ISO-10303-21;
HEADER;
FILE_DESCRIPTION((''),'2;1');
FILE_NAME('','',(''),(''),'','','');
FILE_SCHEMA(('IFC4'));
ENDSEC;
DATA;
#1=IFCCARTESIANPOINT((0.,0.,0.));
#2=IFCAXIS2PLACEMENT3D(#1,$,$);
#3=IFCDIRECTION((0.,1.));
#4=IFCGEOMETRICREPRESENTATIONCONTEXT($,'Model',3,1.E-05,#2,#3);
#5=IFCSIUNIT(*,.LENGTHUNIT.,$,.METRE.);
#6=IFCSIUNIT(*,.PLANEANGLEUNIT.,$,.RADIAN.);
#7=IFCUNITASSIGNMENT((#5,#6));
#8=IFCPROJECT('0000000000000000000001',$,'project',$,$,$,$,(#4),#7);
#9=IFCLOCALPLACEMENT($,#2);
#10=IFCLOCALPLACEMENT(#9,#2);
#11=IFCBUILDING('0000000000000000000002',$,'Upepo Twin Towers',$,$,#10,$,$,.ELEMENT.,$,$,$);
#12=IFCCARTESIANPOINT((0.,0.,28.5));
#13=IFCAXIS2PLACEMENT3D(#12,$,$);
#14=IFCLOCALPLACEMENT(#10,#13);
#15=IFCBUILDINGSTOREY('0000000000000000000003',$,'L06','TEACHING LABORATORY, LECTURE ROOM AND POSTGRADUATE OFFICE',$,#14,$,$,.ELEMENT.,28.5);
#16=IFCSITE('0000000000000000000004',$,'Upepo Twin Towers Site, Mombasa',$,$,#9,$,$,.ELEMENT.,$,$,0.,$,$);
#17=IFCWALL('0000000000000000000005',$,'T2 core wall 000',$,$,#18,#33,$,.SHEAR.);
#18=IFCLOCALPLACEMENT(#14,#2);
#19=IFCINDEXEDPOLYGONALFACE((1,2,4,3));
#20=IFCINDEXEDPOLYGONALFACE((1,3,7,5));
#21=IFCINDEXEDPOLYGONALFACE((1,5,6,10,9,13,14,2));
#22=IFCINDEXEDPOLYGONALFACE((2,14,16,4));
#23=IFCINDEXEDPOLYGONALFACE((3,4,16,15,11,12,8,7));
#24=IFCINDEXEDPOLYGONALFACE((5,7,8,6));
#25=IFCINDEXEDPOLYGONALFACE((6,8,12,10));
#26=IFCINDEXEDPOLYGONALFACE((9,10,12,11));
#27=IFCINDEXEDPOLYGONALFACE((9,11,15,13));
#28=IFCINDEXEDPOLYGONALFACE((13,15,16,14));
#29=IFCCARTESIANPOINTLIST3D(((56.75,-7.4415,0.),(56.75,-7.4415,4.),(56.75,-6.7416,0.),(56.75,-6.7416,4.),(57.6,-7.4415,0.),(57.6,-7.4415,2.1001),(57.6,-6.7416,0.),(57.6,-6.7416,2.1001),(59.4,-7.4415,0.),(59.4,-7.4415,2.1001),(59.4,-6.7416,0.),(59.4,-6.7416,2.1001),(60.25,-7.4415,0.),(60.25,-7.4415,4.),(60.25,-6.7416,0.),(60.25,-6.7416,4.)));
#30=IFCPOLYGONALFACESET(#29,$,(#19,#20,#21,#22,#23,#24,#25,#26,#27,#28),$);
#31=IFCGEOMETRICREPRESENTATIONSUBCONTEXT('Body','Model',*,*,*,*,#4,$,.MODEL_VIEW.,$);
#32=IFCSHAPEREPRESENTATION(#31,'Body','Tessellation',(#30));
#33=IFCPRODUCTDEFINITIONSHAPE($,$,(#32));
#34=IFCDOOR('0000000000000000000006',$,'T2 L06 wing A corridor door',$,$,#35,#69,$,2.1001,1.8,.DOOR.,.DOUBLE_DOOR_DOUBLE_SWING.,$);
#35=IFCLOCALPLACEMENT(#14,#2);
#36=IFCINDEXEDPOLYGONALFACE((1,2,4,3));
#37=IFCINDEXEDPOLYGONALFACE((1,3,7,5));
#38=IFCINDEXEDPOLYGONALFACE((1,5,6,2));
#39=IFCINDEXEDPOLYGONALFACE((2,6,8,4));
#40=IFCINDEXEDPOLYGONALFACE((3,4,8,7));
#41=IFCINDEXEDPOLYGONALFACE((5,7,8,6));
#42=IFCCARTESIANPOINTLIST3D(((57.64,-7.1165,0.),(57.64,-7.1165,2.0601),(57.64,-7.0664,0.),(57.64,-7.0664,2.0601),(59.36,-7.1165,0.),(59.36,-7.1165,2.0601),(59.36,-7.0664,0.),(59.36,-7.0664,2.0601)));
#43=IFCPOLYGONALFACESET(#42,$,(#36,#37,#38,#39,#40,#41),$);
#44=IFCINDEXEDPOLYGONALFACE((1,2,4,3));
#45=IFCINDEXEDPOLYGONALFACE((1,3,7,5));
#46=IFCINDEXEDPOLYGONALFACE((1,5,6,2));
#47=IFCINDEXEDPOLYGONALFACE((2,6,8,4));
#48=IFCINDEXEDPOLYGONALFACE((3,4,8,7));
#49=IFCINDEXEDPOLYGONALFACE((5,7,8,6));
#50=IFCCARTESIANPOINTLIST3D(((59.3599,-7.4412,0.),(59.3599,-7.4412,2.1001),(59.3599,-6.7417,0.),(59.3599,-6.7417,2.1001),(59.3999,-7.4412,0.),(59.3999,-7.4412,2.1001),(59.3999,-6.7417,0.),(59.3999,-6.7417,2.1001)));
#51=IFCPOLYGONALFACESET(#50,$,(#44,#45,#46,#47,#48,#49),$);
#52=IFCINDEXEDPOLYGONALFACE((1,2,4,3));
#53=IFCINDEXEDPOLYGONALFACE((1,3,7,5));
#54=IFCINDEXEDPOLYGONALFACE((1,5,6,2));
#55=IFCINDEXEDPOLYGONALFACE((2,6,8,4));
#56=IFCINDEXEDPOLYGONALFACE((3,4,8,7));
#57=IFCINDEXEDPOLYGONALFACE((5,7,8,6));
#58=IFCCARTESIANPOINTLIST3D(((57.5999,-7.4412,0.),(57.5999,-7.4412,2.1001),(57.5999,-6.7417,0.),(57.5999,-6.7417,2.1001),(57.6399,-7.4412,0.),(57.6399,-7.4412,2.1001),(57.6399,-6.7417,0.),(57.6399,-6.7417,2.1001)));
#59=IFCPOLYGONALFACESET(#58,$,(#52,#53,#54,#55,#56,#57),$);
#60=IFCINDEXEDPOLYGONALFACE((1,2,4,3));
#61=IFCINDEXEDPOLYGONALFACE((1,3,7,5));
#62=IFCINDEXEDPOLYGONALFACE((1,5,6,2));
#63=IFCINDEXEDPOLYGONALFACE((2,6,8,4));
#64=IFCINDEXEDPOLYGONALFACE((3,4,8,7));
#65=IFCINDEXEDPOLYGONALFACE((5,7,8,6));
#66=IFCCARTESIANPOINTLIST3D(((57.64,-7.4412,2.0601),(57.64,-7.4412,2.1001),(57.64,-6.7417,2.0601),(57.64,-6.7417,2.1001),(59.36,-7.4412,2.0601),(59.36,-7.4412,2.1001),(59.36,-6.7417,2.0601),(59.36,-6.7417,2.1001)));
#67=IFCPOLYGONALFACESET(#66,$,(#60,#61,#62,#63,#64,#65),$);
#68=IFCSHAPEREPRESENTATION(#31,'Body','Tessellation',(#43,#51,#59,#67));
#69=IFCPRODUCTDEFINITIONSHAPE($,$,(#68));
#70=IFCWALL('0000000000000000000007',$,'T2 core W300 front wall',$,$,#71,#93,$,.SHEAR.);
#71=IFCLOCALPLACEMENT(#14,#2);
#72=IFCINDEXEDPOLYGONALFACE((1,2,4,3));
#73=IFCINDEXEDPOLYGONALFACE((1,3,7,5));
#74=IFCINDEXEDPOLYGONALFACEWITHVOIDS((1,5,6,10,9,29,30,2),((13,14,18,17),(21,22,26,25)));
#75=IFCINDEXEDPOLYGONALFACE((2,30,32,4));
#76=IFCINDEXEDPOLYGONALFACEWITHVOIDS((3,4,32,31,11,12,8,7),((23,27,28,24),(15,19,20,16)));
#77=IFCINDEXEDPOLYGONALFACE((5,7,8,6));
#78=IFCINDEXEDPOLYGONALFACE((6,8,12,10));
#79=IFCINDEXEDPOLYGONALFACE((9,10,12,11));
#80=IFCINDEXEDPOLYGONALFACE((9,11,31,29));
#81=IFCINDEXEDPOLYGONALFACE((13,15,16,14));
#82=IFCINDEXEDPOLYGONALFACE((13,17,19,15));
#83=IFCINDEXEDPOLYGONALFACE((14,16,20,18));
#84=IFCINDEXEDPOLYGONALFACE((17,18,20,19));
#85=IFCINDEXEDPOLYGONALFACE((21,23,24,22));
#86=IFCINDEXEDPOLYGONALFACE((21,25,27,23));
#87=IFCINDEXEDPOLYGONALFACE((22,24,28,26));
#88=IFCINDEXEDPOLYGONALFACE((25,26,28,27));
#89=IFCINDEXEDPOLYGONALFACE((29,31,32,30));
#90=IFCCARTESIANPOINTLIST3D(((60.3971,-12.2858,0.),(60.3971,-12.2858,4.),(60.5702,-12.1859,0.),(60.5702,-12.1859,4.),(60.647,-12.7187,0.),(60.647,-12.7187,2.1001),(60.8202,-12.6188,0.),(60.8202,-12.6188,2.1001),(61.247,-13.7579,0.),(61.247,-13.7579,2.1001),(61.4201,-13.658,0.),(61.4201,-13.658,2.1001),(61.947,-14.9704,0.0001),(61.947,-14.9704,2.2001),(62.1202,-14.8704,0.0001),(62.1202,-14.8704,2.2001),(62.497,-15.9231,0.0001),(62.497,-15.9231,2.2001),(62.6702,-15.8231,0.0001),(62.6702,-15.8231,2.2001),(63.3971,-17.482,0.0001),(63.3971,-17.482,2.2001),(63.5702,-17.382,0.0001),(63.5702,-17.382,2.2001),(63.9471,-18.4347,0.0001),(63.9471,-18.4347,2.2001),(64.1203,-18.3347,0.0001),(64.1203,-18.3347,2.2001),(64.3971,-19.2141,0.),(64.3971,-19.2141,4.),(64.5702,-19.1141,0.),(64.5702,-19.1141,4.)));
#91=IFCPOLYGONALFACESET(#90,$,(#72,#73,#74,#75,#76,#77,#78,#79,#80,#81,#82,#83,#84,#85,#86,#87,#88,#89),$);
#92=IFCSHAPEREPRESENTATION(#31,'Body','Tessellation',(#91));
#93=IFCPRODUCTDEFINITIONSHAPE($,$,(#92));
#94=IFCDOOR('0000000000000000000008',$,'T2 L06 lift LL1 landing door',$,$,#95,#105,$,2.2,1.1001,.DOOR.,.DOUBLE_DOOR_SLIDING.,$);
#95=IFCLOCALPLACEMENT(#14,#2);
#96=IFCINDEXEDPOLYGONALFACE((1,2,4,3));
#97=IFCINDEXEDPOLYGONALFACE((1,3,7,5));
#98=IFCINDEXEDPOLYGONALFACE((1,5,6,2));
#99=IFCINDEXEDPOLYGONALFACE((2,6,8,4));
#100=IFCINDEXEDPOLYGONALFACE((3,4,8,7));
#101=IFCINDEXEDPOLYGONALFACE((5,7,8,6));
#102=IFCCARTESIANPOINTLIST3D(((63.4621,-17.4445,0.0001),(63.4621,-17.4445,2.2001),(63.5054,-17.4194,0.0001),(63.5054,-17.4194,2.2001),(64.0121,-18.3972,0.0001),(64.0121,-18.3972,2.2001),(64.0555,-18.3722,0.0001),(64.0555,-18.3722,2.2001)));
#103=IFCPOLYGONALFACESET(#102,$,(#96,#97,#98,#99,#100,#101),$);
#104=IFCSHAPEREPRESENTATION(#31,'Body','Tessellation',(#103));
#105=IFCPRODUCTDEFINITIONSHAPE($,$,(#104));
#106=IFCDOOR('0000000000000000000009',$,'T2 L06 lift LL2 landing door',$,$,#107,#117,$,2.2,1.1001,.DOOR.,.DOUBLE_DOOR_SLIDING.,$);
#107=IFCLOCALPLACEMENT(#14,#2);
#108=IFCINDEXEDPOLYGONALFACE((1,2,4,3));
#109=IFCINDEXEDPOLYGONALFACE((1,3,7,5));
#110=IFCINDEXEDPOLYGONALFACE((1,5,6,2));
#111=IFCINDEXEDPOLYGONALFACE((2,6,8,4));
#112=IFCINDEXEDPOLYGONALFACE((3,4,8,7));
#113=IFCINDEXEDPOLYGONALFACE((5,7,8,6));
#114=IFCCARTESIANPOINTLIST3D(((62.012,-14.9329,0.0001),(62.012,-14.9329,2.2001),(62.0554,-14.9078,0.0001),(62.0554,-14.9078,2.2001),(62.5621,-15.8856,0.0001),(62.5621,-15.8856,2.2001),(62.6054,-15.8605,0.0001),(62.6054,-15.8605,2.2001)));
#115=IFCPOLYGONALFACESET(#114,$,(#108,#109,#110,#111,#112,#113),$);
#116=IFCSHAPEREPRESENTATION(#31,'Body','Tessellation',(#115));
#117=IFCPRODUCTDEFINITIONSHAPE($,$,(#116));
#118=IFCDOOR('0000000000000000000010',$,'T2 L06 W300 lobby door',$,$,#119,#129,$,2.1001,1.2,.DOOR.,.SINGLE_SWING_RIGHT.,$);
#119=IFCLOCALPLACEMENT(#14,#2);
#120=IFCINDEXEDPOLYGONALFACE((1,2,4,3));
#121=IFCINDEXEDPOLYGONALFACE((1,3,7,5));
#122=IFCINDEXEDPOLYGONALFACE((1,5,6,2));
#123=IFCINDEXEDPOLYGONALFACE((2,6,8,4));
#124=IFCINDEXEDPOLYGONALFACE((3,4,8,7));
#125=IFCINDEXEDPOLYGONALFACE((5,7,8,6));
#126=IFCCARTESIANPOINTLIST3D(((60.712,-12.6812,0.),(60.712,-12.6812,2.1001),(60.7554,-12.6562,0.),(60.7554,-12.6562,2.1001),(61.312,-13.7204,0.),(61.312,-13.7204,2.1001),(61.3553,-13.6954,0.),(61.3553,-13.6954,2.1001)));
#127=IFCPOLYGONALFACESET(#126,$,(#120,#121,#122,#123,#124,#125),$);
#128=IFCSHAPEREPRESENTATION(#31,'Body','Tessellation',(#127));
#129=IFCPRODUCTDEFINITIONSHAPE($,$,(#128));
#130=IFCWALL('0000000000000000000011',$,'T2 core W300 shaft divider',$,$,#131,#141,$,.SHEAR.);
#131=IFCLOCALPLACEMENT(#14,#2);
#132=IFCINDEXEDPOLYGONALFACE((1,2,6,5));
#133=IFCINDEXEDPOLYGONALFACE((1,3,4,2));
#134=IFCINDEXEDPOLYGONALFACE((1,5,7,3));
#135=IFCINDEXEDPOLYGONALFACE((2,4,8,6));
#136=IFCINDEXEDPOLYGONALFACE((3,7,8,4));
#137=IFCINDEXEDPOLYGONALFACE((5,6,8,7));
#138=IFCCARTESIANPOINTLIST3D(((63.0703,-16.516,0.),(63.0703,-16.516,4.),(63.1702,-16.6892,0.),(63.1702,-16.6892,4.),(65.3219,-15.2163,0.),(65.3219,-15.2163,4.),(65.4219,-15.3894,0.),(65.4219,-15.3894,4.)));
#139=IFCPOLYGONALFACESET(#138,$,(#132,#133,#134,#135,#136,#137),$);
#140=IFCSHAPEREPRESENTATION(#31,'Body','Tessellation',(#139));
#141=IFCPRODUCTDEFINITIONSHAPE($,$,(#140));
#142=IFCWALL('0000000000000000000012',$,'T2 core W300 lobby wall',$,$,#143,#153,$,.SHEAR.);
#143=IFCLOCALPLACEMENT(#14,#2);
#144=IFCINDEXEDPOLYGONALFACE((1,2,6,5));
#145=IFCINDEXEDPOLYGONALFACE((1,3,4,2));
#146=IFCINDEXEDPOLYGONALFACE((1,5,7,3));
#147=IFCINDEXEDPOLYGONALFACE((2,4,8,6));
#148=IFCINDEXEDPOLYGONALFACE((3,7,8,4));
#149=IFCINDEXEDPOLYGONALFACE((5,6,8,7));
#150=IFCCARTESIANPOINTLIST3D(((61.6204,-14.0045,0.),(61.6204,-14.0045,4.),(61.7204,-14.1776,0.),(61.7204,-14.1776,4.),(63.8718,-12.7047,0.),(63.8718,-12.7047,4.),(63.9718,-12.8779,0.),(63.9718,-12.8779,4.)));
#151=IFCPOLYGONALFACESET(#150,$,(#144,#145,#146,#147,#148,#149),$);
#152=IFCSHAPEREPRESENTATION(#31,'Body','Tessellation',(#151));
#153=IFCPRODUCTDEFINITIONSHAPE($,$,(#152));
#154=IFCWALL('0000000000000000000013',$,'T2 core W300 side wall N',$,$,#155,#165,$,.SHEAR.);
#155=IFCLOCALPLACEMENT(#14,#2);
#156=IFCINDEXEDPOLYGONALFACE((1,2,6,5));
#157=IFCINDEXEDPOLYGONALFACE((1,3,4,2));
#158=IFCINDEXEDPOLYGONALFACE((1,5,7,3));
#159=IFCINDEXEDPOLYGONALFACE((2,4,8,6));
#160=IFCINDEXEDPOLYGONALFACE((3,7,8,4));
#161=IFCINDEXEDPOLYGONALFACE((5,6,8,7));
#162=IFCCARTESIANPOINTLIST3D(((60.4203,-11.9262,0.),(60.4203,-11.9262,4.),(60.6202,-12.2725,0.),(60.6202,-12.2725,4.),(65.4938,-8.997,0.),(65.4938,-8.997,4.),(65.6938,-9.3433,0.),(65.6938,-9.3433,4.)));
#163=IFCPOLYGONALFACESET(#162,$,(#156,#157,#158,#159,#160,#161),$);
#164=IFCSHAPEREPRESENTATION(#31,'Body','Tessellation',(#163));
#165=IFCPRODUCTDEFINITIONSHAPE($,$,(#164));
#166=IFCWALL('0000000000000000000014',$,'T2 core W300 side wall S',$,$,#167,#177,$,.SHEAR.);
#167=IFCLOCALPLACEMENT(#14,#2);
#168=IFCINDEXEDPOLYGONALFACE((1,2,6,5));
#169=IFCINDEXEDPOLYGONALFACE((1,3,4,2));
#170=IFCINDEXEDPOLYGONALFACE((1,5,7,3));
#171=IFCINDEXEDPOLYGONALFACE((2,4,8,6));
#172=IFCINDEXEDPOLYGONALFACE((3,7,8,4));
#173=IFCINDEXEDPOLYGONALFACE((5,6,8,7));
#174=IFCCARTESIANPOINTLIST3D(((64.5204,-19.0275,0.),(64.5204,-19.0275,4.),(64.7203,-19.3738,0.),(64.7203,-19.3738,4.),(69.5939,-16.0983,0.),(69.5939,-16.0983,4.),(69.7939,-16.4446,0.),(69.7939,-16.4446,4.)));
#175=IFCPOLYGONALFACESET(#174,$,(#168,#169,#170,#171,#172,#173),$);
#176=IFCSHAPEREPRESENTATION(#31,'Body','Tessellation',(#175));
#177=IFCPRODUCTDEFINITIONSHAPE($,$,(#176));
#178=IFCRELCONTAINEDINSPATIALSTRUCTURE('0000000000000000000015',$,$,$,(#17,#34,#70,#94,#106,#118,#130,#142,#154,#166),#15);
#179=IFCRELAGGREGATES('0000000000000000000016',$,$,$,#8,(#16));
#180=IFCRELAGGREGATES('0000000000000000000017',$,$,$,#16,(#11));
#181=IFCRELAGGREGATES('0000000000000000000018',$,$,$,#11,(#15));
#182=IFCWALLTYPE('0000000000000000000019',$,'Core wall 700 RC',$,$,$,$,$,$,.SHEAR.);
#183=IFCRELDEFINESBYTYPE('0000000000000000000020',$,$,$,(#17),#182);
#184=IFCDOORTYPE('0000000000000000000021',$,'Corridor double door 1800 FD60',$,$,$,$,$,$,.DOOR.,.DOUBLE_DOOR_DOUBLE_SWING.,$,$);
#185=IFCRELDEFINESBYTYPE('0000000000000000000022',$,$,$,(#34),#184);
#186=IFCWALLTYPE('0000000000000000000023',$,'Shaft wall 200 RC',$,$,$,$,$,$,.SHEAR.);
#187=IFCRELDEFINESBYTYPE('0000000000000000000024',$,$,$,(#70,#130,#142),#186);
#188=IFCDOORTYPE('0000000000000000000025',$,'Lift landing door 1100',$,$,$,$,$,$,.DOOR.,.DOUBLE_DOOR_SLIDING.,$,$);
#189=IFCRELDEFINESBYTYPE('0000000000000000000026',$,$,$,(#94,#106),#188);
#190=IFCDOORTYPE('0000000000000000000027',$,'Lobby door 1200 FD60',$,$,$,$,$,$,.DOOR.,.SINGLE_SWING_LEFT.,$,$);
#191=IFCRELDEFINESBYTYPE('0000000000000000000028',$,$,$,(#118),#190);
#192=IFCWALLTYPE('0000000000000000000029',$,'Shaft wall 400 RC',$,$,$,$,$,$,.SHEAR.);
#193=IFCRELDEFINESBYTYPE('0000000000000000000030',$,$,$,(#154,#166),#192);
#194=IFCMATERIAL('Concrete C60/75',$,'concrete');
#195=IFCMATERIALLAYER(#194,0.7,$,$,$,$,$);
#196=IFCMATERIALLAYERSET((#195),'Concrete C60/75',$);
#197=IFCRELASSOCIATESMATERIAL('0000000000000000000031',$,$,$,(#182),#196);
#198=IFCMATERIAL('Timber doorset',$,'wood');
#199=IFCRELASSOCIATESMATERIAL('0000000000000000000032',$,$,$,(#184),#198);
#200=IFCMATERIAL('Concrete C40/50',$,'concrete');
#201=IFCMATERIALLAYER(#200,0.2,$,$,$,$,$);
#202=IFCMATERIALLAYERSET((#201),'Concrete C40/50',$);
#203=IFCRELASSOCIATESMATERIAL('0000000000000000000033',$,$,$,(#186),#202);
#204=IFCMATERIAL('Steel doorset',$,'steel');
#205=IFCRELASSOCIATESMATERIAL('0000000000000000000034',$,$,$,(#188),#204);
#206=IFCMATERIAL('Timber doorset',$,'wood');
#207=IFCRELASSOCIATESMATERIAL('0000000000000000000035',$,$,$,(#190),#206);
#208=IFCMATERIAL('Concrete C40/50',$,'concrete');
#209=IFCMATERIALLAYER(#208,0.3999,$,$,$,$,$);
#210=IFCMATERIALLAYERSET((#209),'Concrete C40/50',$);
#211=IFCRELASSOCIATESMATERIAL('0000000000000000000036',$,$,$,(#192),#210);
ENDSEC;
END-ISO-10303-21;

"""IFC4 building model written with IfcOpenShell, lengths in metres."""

from ifc_helpers import new_model, si_unit, direction, frame, frame_2d, origin, place, context, subcontext, project, spatial, rectangle, extrude, material, layer, layer_set, type_object, element, fill, save


model = new_model("IFC4")

# Units and contexts
model_context = context("Model", 3, precision=1e-05, world=origin(), true_north=direction((0.0, 1.0)))
body_context = subcontext(model_context, "Body", "Model", "MODEL_VIEW")
ifc_project = project(units=[si_unit("LENGTHUNIT", "METRE"), si_unit("PLANEANGLEUNIT", "RADIAN")], contexts=[model_context])

# Site, building, storey
site_placement = place(None, origin())
site = spatial("IfcSite", under=ifc_project, at=site_placement, Name="Upepo Twin Towers Site, Mombasa", CompositionType="ELEMENT", RefElevation=0.0)
building_placement = place(site_placement, origin())
building = spatial("IfcBuilding", under=site, at=building_placement, Name="Upepo Twin Towers", CompositionType="ELEMENT")
storey_placement = place(building_placement, frame((0.0, 0.0, 28.5)))
storey = spatial("IfcBuildingStorey", under=building, at=storey_placement, Name="L06", Description="TEACHING LABORATORY, LECTURE ROOM AND POSTGRADUATE OFFICE", CompositionType="ELEMENT", Elevation=28.5)

# Shared definitions
ifc_material_1 = material(Name="Concrete C60/75", Category="concrete")
ifc_layer_1 = layer(ifc_material_1, 0.7)
ifc_layer_set_1 = layer_set([ifc_layer_1], Name="Concrete C60/75")
wall_type_1 = type_object("IfcWallType", Name="Core wall 700 RC", PredefinedType="SHEAR", material=ifc_layer_set_1)

# Wall, opening, door
wall_1_placement = place(storey_placement, frame((60.25, -7.0916, 0.0), z_axis=(0.0, 0.0, 1.0), x_axis=(-1.0, 0.0, 0.0)))
wall_1 = element("IfcWall", 1, at=wall_1_placement, inside=storey, type_object=wall_type_1, Name="T2 core wall 000", PredefinedType="SHEAR", context=body_context, shape_type="SweptSolid", body=[
    extrude(rectangle(XDim=3.5, YDim=0.7, at=frame_2d((1.75, 0.0))), origin(), (0.0, 0.0, 1.0), 4.0),
])
opening_1_placement = place(wall_1_placement, frame((0.8501, 0.0, 0.0)))
opening_1 = element("IfcOpeningElement", 2, at=opening_1_placement, cuts=wall_1, PredefinedType="OPENING", context=body_context, shape_type="SweptSolid", body=[
    extrude(rectangle(XDim=1.8, YDim=2.1001, at=frame_2d((0.8999, 1.05))), frame((0.0, 0.3599, 0.0), z_axis=(0.0, -1.0, 0.0), x_axis=(1.0, 0.0, 0.0)), (0.0, 0.0, 1.0), 0.72),
])
ifc_material_2 = material(Name="Timber doorset", Category="wood")
door_type_1 = type_object("IfcDoorType", Name="Corridor double door 1800 FD60", OperationType="DOUBLE_DOOR_DOUBLE_SWING", PredefinedType="DOOR", material=ifc_material_2)
door_1_placement = place(opening_1_placement, origin())
door_1 = element("IfcDoor", 3, at=door_1_placement, inside=storey, type_object=door_type_1, Name="T2 L06 wing A corridor door", OperationType="DOUBLE_DOOR_DOUBLE_SWING", OverallHeight=2.1001, OverallWidth=1.8, PredefinedType="DOOR", context=body_context, shape_type="SweptSolid", body=[
    extrude(rectangle(XDim=1.72, YDim=2.0601, at=frame_2d((0.8999, 1.03))), frame((0.0, 0.0249, 0.0), z_axis=(0.0, -1.0, 0.0), x_axis=(1.0, 0.0, 0.0)), (0.0, 0.0, 1.0), 0.05),
    extrude(rectangle(XDim=0.04, YDim=2.1001, at=frame_2d((0.02, 1.05))), frame((0.0, 0.3496, 0.0), z_axis=(0.0, -1.0, 0.0), x_axis=(1.0, 0.0, 0.0)), (0.0, 0.0, 1.0), 0.6995),
    extrude(rectangle(XDim=0.04, YDim=2.1001, at=frame_2d((1.78, 1.05))), frame((0.0, 0.3496, 0.0), z_axis=(0.0, -1.0, 0.0), x_axis=(1.0, 0.0, 0.0)), (0.0, 0.0, 1.0), 0.6995),
    extrude(rectangle(XDim=1.72, YDim=0.04, at=frame_2d((0.8999, 2.0801))), frame((0.0, 0.3496, 0.0), z_axis=(0.0, -1.0, 0.0), x_axis=(1.0, 0.0, 0.0)), (0.0, 0.0, 1.0), 0.6995),
])
fill(opening_1, door_1)

# Wall, openings, doors
ifc_material_3 = material(Name="Concrete C40/50", Category="concrete")
ifc_layer_2 = layer(ifc_material_3, 0.2)
ifc_layer_set_2 = layer_set([ifc_layer_2], Name="Concrete C40/50")
wall_type_2 = type_object("IfcWallType", Name="Shaft wall 200 RC", PredefinedType="SHEAR", material=ifc_layer_set_2)
wall_2_placement = place(storey_placement, frame((64.4836, -19.1641, 0.0), z_axis=(0.0, 0.0, 1.0), x_axis=(-0.499999, 0.866026, 0.0)))
wall_2 = element("IfcWall", 4, at=wall_2_placement, inside=storey, type_object=wall_type_2, Name="T2 core W300 front wall", PredefinedType="SHEAR", context=body_context, shape_type="SweptSolid", body=[
    extrude(rectangle(XDim=8.0, YDim=0.2, at=frame_2d((4.0, 0.0))), origin(), (0.0, 0.0, 1.0), 4.0),
])
opening_2_placement = place(wall_2_placement, frame((6.3, 0.0, 0.0)))
opening_2 = element("IfcOpeningElement", 5, at=opening_2_placement, cuts=wall_2, PredefinedType="OPENING", context=body_context, shape_type="SweptSolid", body=[
    extrude(rectangle(XDim=1.2, YDim=2.1001, at=frame_2d((0.6001, 1.05))), frame((0.0, 0.1099, 0.0), z_axis=(0.0, -1.0, 0.0), x_axis=(1.0, 0.0, 0.0)), (0.0, 0.0, 1.0), 0.22),
])
opening_3_placement = place(wall_2_placement, frame((0.8999, 0.0, 0.0)))
opening_3 = element("IfcOpeningElement", 6, at=opening_3_placement, cuts=wall_2, PredefinedType="OPENING", context=body_context, shape_type="SweptSolid", body=[
    extrude(rectangle(XDim=1.1001, YDim=2.2, at=frame_2d((0.55, 1.1001))), frame((0.0, 0.1099, 0.0), z_axis=(0.0, -1.0, 0.0), x_axis=(1.0, 0.0, 0.0)), (0.0, 0.0, 1.0), 0.22),
])
opening_4_placement = place(wall_2_placement, frame((3.8, 0.0, 0.0)))
opening_4 = element("IfcOpeningElement", 7, at=opening_4_placement, cuts=wall_2, PredefinedType="OPENING", context=body_context, shape_type="SweptSolid", body=[
    extrude(rectangle(XDim=1.1001, YDim=2.2, at=frame_2d((0.55, 1.1001))), frame((0.0, 0.1099, 0.0), z_axis=(0.0, -1.0, 0.0), x_axis=(1.0, 0.0, 0.0)), (0.0, 0.0, 1.0), 0.22),
])
ifc_material_4 = material(Name="Steel doorset", Category="steel")
door_type_2 = type_object("IfcDoorType", Name="Lift landing door 1100", OperationType="DOUBLE_DOOR_SLIDING", PredefinedType="DOOR", material=ifc_material_4)
door_2_placement = place(opening_3_placement, origin())
door_2 = element("IfcDoor", 8, at=door_2_placement, inside=storey, type_object=door_type_2, Name="T2 L06 lift LL1 landing door", OperationType="DOUBLE_DOOR_SLIDING", OverallHeight=2.2, OverallWidth=1.1001, PredefinedType="DOOR", context=body_context, shape_type="SweptSolid", body=[
    extrude(rectangle(XDim=1.1001, YDim=2.2, at=frame_2d((0.55, 1.1001))), frame((0.0, 0.0249, 0.0), z_axis=(0.0, -1.0, 0.0), x_axis=(1.0, 0.0, 0.0)), (0.0, 0.0, 1.0), 0.05),
])
fill(opening_3, door_2)
door_3_placement = place(opening_4_placement, origin())
door_3 = element("IfcDoor", 9, at=door_3_placement, inside=storey, type_object=door_type_2, Name="T2 L06 lift LL2 landing door", OperationType="DOUBLE_DOOR_SLIDING", OverallHeight=2.2, OverallWidth=1.1001, PredefinedType="DOOR", context=body_context, shape_type="SweptSolid", body=[
    extrude(rectangle(XDim=1.1001, YDim=2.2, at=frame_2d((0.55, 1.1001))), frame((0.0, 0.0249, 0.0), z_axis=(0.0, -1.0, 0.0), x_axis=(1.0, 0.0, 0.0)), (0.0, 0.0, 1.0), 0.05),
])
fill(opening_4, door_3)
ifc_material_5 = material(Name="Timber doorset", Category="wood")
door_type_3 = type_object("IfcDoorType", Name="Lobby door 1200 FD60", OperationType="SINGLE_SWING_LEFT", PredefinedType="DOOR", material=ifc_material_5)
door_4_placement = place(opening_2_placement, origin())
door_4 = element("IfcDoor", 10, at=door_4_placement, inside=storey, type_object=door_type_3, Name="T2 L06 W300 lobby door", OperationType="SINGLE_SWING_RIGHT", OverallHeight=2.1001, OverallWidth=1.2, PredefinedType="DOOR", context=body_context, shape_type="SweptSolid", body=[
    extrude(rectangle(XDim=1.2, YDim=2.1001, at=frame_2d((0.6001, 1.05))), frame((0.0, 0.0249, 0.0), z_axis=(0.0, -1.0, 0.0), x_axis=(1.0, 0.0, 0.0)), (0.0, 0.0, 1.0), 0.05),
])
fill(opening_2, door_4)

# Walls
wall_3_placement = place(storey_placement, frame((63.1204, -16.6025, 0.0), z_axis=(0.0, 0.0, 1.0), x_axis=(0.866062, 0.499937, 0.0)))
element("IfcWall", 11, at=wall_3_placement, inside=storey, type_object=wall_type_2, Name="T2 core W300 shaft divider", PredefinedType="SHEAR", context=body_context, shape_type="SweptSolid", body=[
    extrude(rectangle(XDim=2.5999, YDim=0.2, at=frame_2d((1.2998, 0.0))), origin(), (0.0, 0.0, 1.0), 4.0),
])
wall_4_placement = place(storey_placement, frame((61.6704, -14.0911, 0.0), z_axis=(0.0, 0.0, 1.0), x_axis=(0.866039, 0.499977, 0.0)))
element("IfcWall", 12, at=wall_4_placement, inside=storey, type_object=wall_type_2, Name="T2 core W300 lobby wall", PredefinedType="SHEAR", context=body_context, shape_type="SweptSolid", body=[
    extrude(rectangle(XDim=2.5996, YDim=0.2, at=frame_2d((1.2998, 0.0))), origin(), (0.0, 0.0, 1.0), 4.0),
])
ifc_material_6 = material(Name="Concrete C40/50", Category="concrete")
ifc_layer_3 = layer(ifc_material_6, 0.3999)
ifc_layer_set_3 = layer_set([ifc_layer_3], Name="Concrete C40/50")
wall_type_3 = type_object("IfcWallType", Name="Shaft wall 400 RC", PredefinedType="SHEAR", material=ifc_layer_set_3)
for number, where, z_axis, x_axis, name in (
    (13, (60.5203, -12.0994, 0.0), (0.0, 0.0, 1.0), (0.866024, 0.500003, 0.0), "T2 core W300 side wall N"),
    (14, (64.6204, -19.2007, 0.0), (0.0, 0.0, 1.0), (0.866024, 0.500003, 0.0), "T2 core W300 side wall S"),
):
    element("IfcWall", number, at=place(storey_placement, frame(where, z_axis=z_axis, x_axis=x_axis)), inside=storey, type_object=wall_type_3, Name=name, PredefinedType="SHEAR", context=body_context, shape_type="SweptSolid", body=[
        extrude(rectangle(XDim=5.8584, YDim=0.3999, at=frame_2d((2.9292, 0.0))), origin(), (0.0, 0.0, 1.0), 4.0),
    ])

save(model, "model.ifc")
